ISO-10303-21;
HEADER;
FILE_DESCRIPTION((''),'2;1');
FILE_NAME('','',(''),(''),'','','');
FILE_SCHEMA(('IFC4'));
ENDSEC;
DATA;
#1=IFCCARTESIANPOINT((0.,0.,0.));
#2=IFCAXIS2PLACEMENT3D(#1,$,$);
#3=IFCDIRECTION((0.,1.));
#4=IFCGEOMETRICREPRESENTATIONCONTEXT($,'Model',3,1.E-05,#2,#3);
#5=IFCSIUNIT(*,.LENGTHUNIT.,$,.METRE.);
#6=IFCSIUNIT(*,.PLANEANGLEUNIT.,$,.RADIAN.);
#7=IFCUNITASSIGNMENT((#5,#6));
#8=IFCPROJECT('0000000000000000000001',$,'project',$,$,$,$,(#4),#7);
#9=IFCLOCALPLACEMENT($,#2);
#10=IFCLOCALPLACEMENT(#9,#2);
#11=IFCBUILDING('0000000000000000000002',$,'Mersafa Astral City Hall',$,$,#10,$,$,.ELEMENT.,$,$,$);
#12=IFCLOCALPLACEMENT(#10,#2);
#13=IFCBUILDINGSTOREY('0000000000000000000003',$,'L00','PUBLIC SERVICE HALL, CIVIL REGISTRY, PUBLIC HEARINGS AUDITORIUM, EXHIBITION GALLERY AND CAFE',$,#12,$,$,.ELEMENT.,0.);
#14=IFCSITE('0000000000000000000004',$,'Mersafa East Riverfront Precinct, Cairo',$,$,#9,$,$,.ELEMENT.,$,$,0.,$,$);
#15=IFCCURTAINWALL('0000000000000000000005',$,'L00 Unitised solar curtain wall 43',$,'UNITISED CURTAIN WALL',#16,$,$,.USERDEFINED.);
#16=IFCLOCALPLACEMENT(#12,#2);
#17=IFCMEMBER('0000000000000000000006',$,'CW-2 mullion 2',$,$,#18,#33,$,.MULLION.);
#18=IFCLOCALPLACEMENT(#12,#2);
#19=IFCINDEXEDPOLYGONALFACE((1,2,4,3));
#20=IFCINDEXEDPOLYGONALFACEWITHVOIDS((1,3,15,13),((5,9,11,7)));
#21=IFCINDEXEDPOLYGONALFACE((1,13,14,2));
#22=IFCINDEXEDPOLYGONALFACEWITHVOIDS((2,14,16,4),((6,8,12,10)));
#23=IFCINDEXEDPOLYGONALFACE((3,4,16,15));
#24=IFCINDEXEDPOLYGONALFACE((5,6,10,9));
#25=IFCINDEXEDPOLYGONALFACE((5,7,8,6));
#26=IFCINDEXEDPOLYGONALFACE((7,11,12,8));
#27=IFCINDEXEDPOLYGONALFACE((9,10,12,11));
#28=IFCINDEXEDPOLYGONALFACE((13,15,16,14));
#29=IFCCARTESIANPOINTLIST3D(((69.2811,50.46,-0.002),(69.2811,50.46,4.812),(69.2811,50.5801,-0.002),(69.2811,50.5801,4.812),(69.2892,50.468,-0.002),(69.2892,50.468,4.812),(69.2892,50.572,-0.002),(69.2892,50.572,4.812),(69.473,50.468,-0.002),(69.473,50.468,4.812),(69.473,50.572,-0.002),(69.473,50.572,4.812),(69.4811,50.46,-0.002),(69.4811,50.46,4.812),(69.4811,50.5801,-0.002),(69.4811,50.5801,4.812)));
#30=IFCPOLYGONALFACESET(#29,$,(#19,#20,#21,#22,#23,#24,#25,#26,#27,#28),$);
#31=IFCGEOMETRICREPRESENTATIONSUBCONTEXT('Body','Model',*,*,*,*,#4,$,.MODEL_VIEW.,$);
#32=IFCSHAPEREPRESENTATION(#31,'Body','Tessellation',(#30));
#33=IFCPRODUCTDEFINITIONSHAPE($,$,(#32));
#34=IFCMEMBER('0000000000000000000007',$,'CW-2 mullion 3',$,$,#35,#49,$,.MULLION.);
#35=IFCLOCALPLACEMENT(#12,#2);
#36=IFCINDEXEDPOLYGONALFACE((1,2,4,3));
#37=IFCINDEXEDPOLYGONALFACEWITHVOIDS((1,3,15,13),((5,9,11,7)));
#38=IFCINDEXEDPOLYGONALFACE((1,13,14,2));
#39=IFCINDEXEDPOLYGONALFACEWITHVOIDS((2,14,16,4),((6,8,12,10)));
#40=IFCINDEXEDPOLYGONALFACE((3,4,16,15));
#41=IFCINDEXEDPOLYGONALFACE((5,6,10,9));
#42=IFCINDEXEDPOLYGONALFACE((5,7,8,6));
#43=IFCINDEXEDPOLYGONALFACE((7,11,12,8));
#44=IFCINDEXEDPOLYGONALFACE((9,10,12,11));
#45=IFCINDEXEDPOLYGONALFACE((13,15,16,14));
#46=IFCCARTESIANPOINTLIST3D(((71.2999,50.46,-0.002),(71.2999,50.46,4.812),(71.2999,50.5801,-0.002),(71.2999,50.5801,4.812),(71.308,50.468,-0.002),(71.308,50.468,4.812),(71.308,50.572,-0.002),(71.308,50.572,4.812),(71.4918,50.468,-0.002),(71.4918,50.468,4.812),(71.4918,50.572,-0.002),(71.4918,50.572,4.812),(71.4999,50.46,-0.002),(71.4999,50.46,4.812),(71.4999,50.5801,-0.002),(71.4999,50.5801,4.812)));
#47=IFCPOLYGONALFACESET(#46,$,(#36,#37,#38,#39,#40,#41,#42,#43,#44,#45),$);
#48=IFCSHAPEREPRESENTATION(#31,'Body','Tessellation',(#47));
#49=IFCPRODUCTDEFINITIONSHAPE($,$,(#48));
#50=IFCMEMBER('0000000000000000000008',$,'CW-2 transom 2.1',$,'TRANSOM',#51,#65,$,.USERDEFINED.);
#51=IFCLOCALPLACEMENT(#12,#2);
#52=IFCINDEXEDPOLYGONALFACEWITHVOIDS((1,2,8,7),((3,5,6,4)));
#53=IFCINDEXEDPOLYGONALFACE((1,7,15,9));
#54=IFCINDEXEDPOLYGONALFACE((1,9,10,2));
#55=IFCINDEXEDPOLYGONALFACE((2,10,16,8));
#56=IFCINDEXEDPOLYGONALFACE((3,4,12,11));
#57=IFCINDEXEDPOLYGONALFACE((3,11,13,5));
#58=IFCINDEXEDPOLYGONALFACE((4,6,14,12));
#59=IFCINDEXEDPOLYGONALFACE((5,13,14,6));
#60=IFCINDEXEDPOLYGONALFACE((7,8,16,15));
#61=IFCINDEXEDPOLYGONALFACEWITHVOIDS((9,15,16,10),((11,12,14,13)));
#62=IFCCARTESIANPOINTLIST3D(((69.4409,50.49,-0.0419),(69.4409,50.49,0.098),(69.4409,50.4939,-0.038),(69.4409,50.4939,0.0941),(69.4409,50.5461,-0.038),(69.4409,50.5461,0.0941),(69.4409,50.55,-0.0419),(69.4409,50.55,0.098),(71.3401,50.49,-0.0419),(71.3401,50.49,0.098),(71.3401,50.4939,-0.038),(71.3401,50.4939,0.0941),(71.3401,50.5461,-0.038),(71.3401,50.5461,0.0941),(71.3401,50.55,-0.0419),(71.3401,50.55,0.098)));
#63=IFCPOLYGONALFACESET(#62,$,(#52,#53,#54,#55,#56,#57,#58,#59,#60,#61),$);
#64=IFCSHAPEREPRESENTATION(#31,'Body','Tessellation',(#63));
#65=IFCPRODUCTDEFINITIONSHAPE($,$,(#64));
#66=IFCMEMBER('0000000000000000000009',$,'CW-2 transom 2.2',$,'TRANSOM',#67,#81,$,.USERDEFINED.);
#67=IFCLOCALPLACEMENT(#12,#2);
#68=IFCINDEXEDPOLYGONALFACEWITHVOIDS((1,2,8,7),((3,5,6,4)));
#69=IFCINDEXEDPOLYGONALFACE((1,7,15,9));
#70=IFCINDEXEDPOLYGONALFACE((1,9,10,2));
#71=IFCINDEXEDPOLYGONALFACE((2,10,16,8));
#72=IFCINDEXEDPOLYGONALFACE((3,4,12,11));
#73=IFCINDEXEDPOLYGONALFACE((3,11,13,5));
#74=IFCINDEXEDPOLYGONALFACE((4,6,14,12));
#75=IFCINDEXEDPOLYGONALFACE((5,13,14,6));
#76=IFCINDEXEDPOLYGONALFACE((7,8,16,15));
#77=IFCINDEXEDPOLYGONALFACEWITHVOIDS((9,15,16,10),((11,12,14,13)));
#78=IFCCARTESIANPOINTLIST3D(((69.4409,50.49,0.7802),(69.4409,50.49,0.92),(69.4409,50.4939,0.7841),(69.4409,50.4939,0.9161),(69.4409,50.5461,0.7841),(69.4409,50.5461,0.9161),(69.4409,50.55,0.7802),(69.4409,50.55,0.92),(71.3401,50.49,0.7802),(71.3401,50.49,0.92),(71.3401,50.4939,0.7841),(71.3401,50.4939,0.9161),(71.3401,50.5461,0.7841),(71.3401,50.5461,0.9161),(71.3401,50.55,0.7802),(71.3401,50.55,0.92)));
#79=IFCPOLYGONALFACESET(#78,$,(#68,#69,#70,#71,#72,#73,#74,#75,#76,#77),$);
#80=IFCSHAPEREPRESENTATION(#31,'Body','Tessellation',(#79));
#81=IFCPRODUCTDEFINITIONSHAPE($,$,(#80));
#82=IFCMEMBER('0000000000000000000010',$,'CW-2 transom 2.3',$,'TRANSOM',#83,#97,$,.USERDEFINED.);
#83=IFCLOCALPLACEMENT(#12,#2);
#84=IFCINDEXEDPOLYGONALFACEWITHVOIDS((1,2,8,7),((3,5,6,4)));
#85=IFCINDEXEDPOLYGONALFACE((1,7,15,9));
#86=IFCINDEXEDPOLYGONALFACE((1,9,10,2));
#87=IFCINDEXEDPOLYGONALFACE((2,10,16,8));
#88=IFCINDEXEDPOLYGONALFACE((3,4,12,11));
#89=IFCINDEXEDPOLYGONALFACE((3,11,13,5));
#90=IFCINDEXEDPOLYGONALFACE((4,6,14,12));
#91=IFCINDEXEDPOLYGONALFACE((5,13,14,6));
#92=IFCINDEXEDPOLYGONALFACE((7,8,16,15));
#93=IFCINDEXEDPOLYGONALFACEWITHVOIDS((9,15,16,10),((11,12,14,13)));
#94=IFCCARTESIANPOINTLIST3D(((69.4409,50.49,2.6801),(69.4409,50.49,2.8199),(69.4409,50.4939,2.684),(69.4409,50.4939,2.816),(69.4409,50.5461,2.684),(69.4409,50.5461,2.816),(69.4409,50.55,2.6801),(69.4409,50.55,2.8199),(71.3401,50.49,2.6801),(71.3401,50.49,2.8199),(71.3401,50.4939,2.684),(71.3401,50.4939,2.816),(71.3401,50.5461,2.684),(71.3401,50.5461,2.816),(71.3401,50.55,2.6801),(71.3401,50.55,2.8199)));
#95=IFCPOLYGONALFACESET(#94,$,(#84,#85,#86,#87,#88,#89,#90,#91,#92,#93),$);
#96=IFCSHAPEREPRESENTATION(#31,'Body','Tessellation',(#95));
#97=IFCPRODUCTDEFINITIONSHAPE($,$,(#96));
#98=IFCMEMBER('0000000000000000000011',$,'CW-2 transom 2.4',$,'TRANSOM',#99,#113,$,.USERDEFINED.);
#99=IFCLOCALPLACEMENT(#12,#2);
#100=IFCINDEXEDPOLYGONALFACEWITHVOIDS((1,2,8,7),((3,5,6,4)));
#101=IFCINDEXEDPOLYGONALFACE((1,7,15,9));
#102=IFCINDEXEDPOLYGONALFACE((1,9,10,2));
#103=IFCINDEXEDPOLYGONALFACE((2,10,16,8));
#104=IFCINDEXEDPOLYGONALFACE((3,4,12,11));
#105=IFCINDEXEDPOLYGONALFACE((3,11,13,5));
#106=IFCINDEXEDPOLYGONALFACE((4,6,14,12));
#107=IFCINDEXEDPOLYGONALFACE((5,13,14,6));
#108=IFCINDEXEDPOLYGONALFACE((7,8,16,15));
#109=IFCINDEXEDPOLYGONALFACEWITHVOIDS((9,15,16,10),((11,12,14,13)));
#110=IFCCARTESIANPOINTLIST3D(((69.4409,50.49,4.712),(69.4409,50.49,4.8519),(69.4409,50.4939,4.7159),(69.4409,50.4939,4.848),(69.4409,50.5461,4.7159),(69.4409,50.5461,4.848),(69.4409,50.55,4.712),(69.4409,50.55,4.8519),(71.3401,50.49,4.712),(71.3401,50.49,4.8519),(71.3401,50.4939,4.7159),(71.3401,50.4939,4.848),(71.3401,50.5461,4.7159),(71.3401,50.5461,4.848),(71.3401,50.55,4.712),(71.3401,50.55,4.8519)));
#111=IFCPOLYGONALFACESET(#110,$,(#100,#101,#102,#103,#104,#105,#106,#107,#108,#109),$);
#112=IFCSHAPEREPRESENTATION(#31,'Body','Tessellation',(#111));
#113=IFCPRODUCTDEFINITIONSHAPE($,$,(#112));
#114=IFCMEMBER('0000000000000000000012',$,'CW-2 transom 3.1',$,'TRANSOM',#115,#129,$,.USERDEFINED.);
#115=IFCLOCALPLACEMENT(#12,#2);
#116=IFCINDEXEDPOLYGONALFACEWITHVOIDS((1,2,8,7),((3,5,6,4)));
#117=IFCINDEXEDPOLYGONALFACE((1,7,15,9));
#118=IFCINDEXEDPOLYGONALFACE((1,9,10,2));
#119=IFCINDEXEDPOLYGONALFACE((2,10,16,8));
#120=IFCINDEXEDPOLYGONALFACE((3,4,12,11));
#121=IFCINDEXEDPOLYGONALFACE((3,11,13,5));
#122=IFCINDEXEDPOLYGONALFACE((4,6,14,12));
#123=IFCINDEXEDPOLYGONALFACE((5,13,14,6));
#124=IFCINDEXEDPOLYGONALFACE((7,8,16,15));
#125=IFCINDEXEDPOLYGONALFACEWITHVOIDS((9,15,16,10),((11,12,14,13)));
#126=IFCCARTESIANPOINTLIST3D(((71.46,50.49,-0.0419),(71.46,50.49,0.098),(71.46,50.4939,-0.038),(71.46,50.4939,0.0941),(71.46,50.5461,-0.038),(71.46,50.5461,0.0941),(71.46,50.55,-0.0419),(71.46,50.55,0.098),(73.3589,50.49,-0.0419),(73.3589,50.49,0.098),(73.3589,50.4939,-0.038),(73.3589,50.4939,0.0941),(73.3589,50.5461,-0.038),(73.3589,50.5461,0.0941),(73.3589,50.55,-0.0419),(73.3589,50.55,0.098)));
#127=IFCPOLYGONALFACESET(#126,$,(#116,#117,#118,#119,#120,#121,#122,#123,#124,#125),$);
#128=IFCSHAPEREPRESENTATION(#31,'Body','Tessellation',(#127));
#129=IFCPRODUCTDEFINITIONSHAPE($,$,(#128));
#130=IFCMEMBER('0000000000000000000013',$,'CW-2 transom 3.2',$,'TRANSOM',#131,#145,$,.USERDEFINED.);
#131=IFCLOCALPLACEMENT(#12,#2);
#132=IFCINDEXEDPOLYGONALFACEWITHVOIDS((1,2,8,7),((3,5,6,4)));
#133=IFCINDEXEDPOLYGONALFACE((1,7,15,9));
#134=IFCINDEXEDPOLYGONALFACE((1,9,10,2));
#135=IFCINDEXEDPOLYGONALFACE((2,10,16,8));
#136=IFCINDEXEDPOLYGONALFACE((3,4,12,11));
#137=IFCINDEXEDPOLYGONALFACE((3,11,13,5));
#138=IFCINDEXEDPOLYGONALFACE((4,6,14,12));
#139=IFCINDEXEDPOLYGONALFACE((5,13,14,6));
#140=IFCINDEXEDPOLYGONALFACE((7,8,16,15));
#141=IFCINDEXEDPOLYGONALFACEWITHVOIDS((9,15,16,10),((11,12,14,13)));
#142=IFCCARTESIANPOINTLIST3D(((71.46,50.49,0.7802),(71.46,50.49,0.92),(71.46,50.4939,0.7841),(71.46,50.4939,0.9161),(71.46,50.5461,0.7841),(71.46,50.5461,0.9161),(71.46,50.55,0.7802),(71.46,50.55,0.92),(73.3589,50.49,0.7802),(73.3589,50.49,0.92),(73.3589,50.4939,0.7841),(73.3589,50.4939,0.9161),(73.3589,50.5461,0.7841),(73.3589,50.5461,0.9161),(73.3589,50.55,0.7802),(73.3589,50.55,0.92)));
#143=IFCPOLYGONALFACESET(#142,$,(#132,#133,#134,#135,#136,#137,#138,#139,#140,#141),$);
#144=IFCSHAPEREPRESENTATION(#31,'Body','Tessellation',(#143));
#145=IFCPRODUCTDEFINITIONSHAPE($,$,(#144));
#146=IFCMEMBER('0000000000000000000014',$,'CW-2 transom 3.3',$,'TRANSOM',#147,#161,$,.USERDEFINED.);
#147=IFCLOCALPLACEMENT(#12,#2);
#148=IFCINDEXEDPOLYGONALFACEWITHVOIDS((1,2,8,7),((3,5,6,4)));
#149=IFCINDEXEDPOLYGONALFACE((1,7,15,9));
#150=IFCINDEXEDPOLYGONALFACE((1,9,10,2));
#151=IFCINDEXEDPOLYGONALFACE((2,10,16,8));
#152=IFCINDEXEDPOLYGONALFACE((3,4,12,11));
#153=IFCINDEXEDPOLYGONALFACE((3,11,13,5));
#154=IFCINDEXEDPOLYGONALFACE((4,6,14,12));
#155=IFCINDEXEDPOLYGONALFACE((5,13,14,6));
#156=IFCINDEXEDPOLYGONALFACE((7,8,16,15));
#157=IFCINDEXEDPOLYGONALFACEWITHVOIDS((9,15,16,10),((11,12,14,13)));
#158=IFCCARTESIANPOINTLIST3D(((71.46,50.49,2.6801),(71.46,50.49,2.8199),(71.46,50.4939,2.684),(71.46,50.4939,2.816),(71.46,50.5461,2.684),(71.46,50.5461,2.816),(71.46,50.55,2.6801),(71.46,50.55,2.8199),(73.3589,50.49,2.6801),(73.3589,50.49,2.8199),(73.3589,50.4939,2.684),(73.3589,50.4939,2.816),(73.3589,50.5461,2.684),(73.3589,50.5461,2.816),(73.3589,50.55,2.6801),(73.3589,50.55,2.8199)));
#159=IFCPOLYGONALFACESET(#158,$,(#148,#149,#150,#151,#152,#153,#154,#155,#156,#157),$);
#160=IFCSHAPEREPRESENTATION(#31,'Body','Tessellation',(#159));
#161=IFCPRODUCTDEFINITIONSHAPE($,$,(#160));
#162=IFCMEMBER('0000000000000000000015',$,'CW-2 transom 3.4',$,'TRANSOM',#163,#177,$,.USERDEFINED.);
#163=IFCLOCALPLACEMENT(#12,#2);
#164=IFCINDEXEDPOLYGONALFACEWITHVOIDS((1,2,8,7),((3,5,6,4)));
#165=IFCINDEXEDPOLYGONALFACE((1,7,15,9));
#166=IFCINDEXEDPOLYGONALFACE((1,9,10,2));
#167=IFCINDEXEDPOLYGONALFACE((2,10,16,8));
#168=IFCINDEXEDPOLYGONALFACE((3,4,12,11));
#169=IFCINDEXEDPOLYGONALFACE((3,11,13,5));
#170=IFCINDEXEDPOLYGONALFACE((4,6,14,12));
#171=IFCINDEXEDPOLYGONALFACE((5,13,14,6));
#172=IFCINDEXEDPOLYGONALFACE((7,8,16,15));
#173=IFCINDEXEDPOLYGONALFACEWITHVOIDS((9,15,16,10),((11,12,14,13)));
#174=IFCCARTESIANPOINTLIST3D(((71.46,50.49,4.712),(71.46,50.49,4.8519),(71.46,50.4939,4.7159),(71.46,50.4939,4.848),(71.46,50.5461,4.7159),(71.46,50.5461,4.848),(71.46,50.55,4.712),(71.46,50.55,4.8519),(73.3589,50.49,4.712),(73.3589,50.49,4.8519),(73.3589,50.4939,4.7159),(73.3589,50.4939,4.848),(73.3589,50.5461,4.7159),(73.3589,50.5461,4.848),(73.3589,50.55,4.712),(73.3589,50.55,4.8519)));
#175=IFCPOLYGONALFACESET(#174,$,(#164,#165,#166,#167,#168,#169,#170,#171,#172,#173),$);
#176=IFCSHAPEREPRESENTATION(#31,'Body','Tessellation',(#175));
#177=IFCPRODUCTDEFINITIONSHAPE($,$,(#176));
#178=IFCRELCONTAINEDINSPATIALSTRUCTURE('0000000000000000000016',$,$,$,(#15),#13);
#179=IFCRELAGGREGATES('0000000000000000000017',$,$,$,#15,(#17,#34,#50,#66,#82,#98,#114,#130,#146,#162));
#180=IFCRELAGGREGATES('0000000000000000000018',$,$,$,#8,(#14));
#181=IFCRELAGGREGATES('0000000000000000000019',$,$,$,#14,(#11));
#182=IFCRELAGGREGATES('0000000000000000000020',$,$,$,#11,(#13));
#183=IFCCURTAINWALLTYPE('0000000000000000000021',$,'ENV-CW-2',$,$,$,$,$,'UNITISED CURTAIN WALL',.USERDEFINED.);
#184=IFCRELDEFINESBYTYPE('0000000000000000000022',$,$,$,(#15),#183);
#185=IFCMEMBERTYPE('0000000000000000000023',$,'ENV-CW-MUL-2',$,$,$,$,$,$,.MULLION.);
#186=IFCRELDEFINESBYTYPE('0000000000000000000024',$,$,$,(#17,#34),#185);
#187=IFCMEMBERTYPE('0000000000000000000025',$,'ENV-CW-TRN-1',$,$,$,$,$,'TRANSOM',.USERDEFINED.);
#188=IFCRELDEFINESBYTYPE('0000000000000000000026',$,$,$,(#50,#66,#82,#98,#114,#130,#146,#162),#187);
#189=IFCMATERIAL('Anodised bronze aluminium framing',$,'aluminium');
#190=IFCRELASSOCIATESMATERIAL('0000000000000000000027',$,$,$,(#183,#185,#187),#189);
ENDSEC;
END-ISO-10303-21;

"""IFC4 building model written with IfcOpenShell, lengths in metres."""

from ifc_helpers import new_model, si_unit, direction, frame, origin, origin_2d, place, context, subcontext, project, spatial, hollow_rectangle, extrude, material, material_profile, profile_set, type_object, element, aggregate, save


model = new_model("IFC4")

# Units and contexts
model_context = context("Model", 3, precision=1e-05, world=origin(), true_north=direction((0.0, 1.0)))
body_context = subcontext(model_context, "Body", "Model", "MODEL_VIEW")
ifc_project = project(units=[si_unit("LENGTHUNIT", "METRE"), si_unit("PLANEANGLEUNIT", "RADIAN")], contexts=[model_context])

# Site, building, storey
site_placement = place(None, origin())
site = spatial("IfcSite", under=ifc_project, at=site_placement, Name="Mersafa East Riverfront Precinct, Cairo", CompositionType="ELEMENT", RefElevation=0.0)
building_placement = place(site_placement, origin())
building = spatial("IfcBuilding", under=site, at=building_placement, Name="Mersafa Astral City Hall", CompositionType="ELEMENT")
storey_placement = place(building_placement, origin())
storey = spatial("IfcBuildingStorey", under=building, at=storey_placement, Name="L00", Description="PUBLIC SERVICE HALL, CIVIL REGISTRY, PUBLIC HEARINGS AUDITORIUM, EXHIBITION GALLERY AND CAFE", CompositionType="ELEMENT", Elevation=0.0)

# Curtain wall, members
ifc_material_1 = material(Name="Anodised bronze aluminium framing", Category="aluminium")
curtain_wall_type = type_object("IfcCurtainWallType", Name="ENV-CW-2", ElementType="UNITISED CURTAIN WALL", PredefinedType="USERDEFINED", material=ifc_material_1)
curtain_wall_placement = place(storey_placement, origin())
curtain_wall = element("IfcCurtainWall", 1, at=curtain_wall_placement, inside=storey, type_object=curtain_wall_type, Name="L00 Unitised solar curtain wall 43", ObjectType="UNITISED CURTAIN WALL", PredefinedType="USERDEFINED")
ifc_material_profile_1 = material_profile(ifc_material_1, hollow_rectangle(XDim=0.1201, YDim=0.2, WallThickness=0.0081, at=origin_2d()), Name="RHS 120x200x8")
ifc_profile_set_1 = profile_set([ifc_material_profile_1], Name="Anodised bronze aluminium framing")
member_type_1 = type_object("IfcMemberType", Name="ENV-CW-MUL-2", PredefinedType="MULLION", material=ifc_profile_set_1)
member_1_placement = place(storey_placement, frame((69.3811, 50.52, -0.002), z_axis=(0.0, 0.0, 1.0), x_axis=(0.0, 1.0, 0.0)))
member_1 = element("IfcMember", 2, at=member_1_placement, type_object=member_type_1, Name="CW-2 mullion 2", PredefinedType="MULLION", context=body_context, shape_type="SweptSolid", body=[
    extrude(hollow_rectangle(XDim=0.1201, YDim=0.2, WallThickness=0.0081, at=origin_2d()), origin(), (0.0, 0.0, 1.0), 4.814),
])
member_2_placement = place(storey_placement, frame((71.3999, 50.52, -0.002), z_axis=(0.0, 0.0, 1.0), x_axis=(0.0, 1.0, 0.0)))
member_2 = element("IfcMember", 3, at=member_2_placement, type_object=member_type_1, Name="CW-2 mullion 3", PredefinedType="MULLION", context=body_context, shape_type="SweptSolid", body=[
    extrude(hollow_rectangle(XDim=0.1201, YDim=0.2, WallThickness=0.0081, at=origin_2d()), origin(), (0.0, 0.0, 1.0), 4.814),
])
ifc_material_profile_2 = material_profile(ifc_material_1, hollow_rectangle(XDim=0.0601, YDim=0.1399, WallThickness=0.0039, at=origin_2d()), Name="RHS 60x140x4")
ifc_profile_set_2 = profile_set([ifc_material_profile_2], Name="Anodised bronze aluminium framing")
member_type_2 = type_object("IfcMemberType", Name="ENV-CW-TRN-1", ElementType="TRANSOM", PredefinedType="USERDEFINED", material=ifc_profile_set_2)
member_3_placement = place(storey_placement, frame((69.4409, 50.52, 0.0281), z_axis=(1.0, 0.0, 0.0), x_axis=(0.0, 1.0, 0.0)))
member_3 = element("IfcMember", 4, at=member_3_placement, type_object=member_type_2, Name="CW-2 transom 2.1", ObjectType="TRANSOM", PredefinedType="USERDEFINED", context=body_context, shape_type="SweptSolid", body=[
    extrude(hollow_rectangle(XDim=0.0601, YDim=0.1399, WallThickness=0.0039, at=origin_2d()), origin(), (0.0, 0.0, 1.0), 1.8992),
])
member_4_placement = place(storey_placement, frame((69.4409, 50.52, 0.8501), z_axis=(1.0, 0.0, 0.0), x_axis=(0.0, 1.0, 0.0)))
member_4 = element("IfcMember", 5, at=member_4_placement, type_object=member_type_2, Name="CW-2 transom 2.2", ObjectType="TRANSOM", PredefinedType="USERDEFINED", context=body_context, shape_type="SweptSolid", body=[
    extrude(hollow_rectangle(XDim=0.0601, YDim=0.1399, WallThickness=0.0039, at=origin_2d()), origin(), (0.0, 0.0, 1.0), 1.8992),
])
member_5_placement = place(storey_placement, frame((69.4409, 50.52, 2.75), z_axis=(1.0, 0.0, 0.0), x_axis=(0.0, 1.0, 0.0)))
member_5 = element("IfcMember", 6, at=member_5_placement, type_object=member_type_2, Name="CW-2 transom 2.3", ObjectType="TRANSOM", PredefinedType="USERDEFINED", context=body_context, shape_type="SweptSolid", body=[
    extrude(hollow_rectangle(XDim=0.0601, YDim=0.1399, WallThickness=0.0039, at=origin_2d()), origin(), (0.0, 0.0, 1.0), 1.8992),
])
member_6_placement = place(storey_placement, frame((69.4409, 50.52, 4.782), z_axis=(1.0, 0.0, 0.0), x_axis=(0.0, 1.0, 0.0)))
member_6 = element("IfcMember", 7, at=member_6_placement, type_object=member_type_2, Name="CW-2 transom 2.4", ObjectType="TRANSOM", PredefinedType="USERDEFINED", context=body_context, shape_type="SweptSolid", body=[
    extrude(hollow_rectangle(XDim=0.0601, YDim=0.1399, WallThickness=0.0039, at=origin_2d()), origin(), (0.0, 0.0, 1.0), 1.8992),
])
member_7_placement = place(storey_placement, frame((71.46, 50.52, 0.0281), z_axis=(1.0, 0.0, 0.0), x_axis=(0.0, 1.0, 0.0)))
member_7 = element("IfcMember", 8, at=member_7_placement, type_object=member_type_2, Name="CW-2 transom 3.1", ObjectType="TRANSOM", PredefinedType="USERDEFINED", context=body_context, shape_type="SweptSolid", body=[
    extrude(hollow_rectangle(XDim=0.0601, YDim=0.1399, WallThickness=0.0039, at=origin_2d()), origin(), (0.0, 0.0, 1.0), 1.8989),
])
member_8_placement = place(storey_placement, frame((71.46, 50.52, 0.8501), z_axis=(1.0, 0.0, 0.0), x_axis=(0.0, 1.0, 0.0)))
member_8 = element("IfcMember", 9, at=member_8_placement, type_object=member_type_2, Name="CW-2 transom 3.2", ObjectType="TRANSOM", PredefinedType="USERDEFINED", context=body_context, shape_type="SweptSolid", body=[
    extrude(hollow_rectangle(XDim=0.0601, YDim=0.1399, WallThickness=0.0039, at=origin_2d()), origin(), (0.0, 0.0, 1.0), 1.8989),
])
member_9_placement = place(storey_placement, frame((71.46, 50.52, 2.75), z_axis=(1.0, 0.0, 0.0), x_axis=(0.0, 1.0, 0.0)))
member_9 = element("IfcMember", 10, at=member_9_placement, type_object=member_type_2, Name="CW-2 transom 3.3", ObjectType="TRANSOM", PredefinedType="USERDEFINED", context=body_context, shape_type="SweptSolid", body=[
    extrude(hollow_rectangle(XDim=0.0601, YDim=0.1399, WallThickness=0.0039, at=origin_2d()), origin(), (0.0, 0.0, 1.0), 1.8989),
])
member_10_placement = place(storey_placement, frame((71.46, 50.52, 4.782), z_axis=(1.0, 0.0, 0.0), x_axis=(0.0, 1.0, 0.0)))
member_10 = element("IfcMember", 11, at=member_10_placement, type_object=member_type_2, Name="CW-2 transom 3.4", ObjectType="TRANSOM", PredefinedType="USERDEFINED", context=body_context, shape_type="SweptSolid", body=[
    extrude(hollow_rectangle(XDim=0.0601, YDim=0.1399, WallThickness=0.0039, at=origin_2d()), origin(), (0.0, 0.0, 1.0), 1.8989),
])

aggregate(curtain_wall, [member_1, member_2, member_3, member_4, member_5, member_6, member_7, member_8, member_9, member_10])

save(model, "model.ifc")
